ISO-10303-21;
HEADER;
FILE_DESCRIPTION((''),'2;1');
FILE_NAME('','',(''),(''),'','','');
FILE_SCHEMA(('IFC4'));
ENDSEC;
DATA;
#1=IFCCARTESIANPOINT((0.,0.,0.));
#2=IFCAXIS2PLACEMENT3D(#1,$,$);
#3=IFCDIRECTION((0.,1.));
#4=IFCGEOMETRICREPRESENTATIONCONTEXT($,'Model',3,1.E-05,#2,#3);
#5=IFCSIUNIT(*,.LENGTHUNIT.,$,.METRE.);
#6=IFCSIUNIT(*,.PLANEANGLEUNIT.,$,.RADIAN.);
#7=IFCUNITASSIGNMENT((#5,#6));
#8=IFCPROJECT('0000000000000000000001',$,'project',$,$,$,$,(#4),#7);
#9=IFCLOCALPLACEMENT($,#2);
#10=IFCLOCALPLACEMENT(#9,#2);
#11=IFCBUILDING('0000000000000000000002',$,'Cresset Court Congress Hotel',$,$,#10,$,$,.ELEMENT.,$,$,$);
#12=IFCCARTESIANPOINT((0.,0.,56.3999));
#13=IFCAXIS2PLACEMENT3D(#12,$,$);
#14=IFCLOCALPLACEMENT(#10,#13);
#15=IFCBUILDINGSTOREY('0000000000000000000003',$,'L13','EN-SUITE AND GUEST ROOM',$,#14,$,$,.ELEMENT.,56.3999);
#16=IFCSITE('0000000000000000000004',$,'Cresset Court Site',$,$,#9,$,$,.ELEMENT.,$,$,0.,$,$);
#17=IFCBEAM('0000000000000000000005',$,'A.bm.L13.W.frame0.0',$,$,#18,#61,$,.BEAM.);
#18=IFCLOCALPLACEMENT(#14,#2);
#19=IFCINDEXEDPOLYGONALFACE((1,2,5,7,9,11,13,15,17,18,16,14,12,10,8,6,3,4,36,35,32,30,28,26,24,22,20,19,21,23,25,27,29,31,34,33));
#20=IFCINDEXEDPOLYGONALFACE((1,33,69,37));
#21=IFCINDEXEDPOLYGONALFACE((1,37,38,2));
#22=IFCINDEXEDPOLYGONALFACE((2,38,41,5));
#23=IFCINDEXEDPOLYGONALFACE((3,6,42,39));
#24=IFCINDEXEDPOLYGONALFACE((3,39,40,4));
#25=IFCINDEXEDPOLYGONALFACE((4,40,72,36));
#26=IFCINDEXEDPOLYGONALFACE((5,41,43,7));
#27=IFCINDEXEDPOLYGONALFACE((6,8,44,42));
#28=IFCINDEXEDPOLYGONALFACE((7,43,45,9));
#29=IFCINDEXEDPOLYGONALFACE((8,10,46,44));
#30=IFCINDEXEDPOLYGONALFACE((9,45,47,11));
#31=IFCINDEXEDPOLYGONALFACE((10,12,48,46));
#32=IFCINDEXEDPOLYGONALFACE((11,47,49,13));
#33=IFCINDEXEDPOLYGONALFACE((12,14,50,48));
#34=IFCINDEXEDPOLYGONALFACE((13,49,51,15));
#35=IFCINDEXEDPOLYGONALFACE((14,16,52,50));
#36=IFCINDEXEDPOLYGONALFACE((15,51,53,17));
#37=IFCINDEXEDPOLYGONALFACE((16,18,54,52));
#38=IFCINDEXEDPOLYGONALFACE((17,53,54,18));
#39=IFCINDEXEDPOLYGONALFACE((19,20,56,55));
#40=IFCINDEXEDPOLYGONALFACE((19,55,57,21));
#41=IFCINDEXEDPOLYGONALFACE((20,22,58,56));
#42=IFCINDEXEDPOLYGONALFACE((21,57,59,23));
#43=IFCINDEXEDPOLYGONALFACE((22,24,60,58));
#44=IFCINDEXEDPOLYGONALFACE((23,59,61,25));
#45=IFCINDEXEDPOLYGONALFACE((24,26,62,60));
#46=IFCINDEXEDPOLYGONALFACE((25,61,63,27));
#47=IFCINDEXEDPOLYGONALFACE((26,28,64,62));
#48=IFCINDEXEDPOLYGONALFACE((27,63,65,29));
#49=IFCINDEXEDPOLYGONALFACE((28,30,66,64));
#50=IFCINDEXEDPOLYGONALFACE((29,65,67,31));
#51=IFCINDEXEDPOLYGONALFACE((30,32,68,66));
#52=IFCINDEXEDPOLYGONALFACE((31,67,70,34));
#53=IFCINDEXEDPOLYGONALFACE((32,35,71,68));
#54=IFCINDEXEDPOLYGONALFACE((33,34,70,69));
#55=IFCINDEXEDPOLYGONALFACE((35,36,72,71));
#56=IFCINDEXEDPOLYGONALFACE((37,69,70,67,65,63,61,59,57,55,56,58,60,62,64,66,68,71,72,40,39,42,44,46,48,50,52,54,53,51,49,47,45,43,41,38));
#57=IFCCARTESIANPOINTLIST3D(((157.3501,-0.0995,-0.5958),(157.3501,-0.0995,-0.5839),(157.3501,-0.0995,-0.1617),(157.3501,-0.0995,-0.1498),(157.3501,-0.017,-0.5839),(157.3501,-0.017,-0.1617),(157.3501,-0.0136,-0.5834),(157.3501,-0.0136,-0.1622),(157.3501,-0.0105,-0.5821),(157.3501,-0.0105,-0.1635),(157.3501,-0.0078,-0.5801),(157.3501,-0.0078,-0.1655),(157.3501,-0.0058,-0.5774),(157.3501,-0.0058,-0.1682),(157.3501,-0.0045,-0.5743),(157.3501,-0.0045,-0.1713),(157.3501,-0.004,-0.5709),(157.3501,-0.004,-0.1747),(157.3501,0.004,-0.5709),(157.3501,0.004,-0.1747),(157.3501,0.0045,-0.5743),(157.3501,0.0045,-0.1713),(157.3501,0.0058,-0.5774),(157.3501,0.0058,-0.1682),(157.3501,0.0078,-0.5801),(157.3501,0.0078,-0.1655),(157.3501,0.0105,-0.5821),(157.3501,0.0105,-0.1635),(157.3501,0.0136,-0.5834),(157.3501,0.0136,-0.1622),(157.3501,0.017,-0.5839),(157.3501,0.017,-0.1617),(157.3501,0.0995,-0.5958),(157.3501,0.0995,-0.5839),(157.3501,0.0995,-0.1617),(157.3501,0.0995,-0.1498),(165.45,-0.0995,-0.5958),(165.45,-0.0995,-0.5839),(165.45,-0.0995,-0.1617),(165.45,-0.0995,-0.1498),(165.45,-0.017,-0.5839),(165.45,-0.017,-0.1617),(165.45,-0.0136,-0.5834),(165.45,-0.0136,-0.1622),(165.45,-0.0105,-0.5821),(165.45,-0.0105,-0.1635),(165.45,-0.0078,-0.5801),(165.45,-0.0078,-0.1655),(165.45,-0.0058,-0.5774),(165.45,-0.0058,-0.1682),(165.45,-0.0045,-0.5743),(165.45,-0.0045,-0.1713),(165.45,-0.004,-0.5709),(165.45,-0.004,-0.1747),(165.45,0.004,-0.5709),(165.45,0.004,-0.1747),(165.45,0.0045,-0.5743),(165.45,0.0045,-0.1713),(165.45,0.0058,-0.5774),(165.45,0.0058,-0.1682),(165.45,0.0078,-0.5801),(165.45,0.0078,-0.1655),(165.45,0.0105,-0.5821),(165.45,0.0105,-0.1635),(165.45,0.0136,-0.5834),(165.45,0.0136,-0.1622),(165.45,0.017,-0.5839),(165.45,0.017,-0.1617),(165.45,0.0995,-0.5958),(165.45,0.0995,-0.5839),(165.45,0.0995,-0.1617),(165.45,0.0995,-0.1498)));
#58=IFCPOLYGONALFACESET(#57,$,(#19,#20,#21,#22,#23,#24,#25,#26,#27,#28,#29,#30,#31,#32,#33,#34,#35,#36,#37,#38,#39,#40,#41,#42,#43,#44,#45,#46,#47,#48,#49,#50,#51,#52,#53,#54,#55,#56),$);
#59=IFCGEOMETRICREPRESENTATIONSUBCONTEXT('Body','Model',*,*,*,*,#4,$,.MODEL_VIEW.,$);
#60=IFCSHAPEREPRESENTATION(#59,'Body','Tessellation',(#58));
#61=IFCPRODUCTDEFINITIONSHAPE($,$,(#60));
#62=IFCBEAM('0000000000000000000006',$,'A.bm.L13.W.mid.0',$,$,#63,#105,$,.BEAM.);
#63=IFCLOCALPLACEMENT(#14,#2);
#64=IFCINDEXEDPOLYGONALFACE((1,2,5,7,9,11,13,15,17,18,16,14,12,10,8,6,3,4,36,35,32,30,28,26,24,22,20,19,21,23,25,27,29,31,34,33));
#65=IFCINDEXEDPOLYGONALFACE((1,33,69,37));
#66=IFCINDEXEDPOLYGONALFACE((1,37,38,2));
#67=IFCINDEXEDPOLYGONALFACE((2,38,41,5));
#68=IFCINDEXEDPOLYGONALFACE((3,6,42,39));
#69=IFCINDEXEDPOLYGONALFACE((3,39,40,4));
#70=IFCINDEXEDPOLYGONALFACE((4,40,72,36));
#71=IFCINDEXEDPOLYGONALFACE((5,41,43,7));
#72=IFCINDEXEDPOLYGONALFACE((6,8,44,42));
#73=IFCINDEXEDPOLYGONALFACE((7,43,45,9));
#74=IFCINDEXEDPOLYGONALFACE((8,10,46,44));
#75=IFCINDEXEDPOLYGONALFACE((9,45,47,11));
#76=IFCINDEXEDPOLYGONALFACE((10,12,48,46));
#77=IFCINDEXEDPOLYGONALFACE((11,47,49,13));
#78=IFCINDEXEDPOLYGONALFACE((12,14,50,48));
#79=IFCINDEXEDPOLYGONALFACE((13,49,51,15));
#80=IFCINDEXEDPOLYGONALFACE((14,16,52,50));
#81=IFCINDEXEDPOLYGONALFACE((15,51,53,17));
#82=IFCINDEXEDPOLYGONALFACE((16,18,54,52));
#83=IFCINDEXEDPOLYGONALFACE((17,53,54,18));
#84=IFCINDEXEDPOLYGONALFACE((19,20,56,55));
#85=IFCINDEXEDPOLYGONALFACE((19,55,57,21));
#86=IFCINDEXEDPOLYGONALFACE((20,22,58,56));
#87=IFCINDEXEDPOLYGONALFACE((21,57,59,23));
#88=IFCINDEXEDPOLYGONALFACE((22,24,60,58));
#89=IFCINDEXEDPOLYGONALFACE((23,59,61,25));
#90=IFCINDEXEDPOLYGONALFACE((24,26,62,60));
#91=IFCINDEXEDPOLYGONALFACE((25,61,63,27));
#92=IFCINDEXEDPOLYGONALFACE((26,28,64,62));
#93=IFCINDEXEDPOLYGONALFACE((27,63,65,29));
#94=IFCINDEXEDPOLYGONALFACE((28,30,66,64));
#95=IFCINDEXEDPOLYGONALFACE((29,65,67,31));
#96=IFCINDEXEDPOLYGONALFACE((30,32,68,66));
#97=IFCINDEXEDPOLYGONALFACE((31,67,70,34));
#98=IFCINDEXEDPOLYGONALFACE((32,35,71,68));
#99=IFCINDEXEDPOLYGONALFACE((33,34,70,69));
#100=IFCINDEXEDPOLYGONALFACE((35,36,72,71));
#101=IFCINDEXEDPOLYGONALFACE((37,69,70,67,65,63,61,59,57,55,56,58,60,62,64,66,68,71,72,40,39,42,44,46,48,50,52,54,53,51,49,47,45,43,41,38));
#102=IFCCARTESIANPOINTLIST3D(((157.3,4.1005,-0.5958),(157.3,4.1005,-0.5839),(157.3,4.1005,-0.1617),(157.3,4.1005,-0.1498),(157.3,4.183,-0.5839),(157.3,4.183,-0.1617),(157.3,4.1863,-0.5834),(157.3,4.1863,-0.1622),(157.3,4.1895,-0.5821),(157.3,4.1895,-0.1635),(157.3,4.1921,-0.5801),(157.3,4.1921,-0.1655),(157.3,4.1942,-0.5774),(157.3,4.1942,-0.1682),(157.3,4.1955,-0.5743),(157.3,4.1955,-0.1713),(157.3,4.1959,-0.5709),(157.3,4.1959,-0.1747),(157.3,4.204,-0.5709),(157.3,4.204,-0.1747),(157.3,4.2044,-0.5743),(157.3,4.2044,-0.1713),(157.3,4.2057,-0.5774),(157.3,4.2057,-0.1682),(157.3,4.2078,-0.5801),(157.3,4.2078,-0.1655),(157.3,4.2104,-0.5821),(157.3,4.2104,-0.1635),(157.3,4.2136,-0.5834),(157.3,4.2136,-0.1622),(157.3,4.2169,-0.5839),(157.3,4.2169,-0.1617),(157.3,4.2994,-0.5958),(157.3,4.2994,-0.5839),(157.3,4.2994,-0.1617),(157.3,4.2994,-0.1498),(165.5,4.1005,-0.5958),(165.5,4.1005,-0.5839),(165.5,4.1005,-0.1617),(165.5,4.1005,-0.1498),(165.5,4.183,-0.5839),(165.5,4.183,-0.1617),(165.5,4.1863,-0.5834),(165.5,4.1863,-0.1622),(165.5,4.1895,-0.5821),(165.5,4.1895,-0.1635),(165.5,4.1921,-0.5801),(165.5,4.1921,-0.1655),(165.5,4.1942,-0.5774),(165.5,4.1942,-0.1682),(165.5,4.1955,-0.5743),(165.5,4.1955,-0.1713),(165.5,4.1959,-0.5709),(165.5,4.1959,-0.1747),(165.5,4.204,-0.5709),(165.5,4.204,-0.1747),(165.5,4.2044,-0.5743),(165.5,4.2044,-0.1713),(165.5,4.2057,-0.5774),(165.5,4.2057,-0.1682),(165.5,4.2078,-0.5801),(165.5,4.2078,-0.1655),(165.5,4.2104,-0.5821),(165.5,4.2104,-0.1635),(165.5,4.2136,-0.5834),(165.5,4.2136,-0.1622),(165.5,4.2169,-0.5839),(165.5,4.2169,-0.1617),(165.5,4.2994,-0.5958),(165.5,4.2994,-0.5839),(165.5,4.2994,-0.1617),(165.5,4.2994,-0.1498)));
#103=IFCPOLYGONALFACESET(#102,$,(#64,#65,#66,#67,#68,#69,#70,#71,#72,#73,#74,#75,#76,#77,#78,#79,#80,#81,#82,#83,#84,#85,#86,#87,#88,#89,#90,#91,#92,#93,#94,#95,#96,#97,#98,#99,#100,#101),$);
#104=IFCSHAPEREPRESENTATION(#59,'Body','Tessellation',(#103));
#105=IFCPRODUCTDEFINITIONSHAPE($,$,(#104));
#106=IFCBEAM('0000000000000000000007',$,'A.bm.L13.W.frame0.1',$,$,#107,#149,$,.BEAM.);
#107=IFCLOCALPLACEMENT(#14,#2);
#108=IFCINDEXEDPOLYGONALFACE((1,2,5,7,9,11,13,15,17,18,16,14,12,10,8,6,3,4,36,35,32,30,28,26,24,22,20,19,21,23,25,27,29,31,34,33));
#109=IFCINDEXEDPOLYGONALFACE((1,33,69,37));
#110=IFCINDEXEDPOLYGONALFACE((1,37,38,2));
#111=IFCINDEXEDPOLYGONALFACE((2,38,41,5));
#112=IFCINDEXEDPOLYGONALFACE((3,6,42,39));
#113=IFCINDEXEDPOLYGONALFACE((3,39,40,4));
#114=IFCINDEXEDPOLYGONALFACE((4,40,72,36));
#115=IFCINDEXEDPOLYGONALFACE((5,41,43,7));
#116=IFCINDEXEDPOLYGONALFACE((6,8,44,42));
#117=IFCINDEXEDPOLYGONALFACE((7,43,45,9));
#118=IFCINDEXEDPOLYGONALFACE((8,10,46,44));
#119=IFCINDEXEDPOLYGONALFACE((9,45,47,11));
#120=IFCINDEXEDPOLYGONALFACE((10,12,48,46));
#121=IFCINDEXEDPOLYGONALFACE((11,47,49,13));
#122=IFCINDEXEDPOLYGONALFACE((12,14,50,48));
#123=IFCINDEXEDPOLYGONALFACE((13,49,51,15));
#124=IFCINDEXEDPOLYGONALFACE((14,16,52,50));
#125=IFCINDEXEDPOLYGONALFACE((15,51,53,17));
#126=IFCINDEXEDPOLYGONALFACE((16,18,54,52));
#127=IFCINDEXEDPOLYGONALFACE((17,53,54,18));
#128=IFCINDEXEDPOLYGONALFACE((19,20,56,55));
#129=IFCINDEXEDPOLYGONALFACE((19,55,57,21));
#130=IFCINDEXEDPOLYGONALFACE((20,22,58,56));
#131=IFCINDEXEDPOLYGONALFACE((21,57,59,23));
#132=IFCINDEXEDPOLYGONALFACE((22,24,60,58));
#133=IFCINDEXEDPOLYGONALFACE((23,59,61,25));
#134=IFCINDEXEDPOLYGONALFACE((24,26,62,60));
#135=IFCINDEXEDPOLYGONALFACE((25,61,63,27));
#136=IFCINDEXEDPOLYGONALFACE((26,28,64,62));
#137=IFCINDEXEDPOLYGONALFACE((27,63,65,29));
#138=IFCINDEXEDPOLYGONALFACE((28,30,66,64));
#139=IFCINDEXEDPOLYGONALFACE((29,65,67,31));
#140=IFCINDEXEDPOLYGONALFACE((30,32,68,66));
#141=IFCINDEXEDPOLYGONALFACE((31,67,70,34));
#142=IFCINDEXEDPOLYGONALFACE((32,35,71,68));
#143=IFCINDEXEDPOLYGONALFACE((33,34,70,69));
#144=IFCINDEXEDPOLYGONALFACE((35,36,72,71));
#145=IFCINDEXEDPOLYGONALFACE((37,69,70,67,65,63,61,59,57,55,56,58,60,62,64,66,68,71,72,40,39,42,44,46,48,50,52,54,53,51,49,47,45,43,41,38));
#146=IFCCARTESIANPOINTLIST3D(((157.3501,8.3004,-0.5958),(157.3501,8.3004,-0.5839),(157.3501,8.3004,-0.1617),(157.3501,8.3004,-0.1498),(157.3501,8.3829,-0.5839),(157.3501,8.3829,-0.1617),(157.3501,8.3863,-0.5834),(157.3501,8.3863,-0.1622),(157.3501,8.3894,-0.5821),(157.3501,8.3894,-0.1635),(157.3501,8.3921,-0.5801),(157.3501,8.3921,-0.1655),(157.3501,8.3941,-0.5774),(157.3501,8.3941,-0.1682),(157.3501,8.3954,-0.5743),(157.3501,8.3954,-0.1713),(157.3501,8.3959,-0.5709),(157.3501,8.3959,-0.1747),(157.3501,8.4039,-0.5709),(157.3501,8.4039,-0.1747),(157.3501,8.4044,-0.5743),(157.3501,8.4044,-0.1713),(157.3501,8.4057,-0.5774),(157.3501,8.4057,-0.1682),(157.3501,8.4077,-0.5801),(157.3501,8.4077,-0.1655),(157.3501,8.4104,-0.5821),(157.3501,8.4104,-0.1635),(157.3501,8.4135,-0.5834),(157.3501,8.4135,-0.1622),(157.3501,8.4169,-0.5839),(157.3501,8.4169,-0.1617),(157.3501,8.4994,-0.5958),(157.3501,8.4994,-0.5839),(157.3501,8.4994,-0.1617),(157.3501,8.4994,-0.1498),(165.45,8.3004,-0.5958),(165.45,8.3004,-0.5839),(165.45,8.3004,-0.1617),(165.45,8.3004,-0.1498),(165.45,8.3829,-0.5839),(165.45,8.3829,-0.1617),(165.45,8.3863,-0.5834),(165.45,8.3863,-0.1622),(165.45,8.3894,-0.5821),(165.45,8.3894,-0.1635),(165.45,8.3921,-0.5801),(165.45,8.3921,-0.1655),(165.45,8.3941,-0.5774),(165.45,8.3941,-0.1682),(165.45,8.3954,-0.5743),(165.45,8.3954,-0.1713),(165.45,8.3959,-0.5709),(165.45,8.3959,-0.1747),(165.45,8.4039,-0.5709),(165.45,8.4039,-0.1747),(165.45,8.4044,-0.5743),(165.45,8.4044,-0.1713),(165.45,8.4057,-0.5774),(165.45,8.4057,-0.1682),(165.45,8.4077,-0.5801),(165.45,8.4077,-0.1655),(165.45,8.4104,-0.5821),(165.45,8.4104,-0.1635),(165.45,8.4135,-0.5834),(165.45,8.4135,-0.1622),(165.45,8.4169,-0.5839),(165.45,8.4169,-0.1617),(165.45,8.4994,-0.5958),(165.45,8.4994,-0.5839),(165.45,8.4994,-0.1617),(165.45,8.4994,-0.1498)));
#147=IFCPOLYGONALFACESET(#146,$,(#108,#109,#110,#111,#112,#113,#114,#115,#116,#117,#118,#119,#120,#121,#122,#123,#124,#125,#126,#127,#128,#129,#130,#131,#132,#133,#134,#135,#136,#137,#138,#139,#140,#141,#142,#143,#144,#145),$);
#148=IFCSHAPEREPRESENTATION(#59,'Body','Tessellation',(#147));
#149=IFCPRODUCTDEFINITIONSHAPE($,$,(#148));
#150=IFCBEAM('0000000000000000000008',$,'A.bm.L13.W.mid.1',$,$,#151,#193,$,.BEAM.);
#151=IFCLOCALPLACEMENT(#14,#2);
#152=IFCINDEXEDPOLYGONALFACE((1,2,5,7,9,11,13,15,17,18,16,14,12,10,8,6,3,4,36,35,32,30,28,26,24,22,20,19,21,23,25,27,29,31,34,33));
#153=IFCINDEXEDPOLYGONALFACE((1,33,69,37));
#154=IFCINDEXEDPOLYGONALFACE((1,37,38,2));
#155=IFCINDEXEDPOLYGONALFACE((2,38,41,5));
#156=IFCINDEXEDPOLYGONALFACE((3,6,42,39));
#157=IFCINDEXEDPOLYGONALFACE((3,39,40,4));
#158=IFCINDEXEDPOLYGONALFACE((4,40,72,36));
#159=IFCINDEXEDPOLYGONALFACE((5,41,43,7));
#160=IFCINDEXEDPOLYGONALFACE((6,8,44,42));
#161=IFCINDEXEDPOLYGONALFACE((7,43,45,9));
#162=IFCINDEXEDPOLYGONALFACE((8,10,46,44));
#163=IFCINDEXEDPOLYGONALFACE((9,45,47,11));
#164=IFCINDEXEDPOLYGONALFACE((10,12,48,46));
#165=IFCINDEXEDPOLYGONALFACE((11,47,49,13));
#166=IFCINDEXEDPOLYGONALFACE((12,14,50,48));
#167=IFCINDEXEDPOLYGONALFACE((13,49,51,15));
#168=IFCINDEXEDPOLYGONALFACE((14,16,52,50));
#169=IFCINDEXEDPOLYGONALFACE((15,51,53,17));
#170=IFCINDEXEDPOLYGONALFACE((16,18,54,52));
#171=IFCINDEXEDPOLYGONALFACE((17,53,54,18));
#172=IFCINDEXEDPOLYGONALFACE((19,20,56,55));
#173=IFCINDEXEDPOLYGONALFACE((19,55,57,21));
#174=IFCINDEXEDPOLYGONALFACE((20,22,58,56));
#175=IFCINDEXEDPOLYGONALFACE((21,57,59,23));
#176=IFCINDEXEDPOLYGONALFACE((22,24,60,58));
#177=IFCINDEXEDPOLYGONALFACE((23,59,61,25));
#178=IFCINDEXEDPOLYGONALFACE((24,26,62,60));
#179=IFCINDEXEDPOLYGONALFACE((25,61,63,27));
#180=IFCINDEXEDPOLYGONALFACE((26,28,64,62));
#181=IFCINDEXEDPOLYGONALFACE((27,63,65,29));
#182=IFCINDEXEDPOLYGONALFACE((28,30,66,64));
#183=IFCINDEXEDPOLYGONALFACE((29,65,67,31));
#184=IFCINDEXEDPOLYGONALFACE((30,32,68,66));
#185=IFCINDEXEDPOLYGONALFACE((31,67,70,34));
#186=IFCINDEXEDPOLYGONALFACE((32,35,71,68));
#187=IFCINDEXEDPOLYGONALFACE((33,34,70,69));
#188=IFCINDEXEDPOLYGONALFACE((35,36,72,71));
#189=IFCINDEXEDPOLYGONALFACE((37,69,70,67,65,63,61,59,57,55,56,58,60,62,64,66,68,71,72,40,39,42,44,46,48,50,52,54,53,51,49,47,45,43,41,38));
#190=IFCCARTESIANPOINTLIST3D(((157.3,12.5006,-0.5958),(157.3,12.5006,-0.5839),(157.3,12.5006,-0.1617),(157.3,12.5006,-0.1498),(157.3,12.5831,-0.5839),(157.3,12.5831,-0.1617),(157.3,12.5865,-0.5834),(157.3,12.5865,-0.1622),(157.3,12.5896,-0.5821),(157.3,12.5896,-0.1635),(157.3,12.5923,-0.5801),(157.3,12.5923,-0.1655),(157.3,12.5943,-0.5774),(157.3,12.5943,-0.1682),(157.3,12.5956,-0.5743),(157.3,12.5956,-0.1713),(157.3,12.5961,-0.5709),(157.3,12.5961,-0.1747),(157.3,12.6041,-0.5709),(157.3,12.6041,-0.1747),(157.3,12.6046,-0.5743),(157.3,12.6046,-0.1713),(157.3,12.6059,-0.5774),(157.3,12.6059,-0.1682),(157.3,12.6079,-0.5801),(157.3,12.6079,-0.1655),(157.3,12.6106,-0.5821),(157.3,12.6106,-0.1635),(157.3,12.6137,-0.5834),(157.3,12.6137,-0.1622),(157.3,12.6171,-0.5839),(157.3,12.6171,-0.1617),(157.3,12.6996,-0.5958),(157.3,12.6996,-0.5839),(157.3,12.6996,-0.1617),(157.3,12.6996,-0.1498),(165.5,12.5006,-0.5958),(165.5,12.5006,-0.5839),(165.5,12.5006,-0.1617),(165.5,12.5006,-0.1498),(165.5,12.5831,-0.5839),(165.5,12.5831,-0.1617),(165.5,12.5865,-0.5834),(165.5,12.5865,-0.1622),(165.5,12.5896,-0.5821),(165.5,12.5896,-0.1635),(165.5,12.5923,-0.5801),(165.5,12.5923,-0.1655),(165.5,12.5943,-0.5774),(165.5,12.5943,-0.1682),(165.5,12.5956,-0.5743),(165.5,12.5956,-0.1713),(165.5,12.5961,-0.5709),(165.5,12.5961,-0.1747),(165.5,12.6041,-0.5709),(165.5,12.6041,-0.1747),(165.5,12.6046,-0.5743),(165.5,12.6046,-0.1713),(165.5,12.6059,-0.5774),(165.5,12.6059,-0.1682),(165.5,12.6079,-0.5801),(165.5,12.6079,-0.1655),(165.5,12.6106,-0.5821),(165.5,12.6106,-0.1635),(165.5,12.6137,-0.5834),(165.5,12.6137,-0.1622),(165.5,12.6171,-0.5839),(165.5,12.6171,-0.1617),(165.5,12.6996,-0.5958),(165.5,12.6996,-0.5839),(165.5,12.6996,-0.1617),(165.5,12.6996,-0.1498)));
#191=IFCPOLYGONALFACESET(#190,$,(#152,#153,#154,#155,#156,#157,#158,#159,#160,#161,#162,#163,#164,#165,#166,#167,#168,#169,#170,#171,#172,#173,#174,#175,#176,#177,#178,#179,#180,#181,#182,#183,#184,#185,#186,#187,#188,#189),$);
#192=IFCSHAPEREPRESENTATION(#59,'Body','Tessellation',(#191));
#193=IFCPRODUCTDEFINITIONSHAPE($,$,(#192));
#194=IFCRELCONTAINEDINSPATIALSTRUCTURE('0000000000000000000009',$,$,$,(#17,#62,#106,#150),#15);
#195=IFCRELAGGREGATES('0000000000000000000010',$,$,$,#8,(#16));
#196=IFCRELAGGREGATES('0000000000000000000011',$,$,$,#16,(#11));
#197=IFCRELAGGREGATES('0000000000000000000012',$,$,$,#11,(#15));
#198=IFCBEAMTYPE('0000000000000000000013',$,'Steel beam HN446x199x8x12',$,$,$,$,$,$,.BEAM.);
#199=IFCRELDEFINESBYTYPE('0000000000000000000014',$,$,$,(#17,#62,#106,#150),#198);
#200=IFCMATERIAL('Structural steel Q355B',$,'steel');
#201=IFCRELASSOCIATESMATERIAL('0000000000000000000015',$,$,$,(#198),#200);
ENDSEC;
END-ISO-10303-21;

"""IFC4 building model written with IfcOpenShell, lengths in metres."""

from ifc_helpers import new_model, si_unit, direction, frame, origin, origin_2d, place, context, subcontext, project, spatial, i_section, extrude, material, material_profile, profile_set, type_object, element, save


model = new_model("IFC4")

# Units and contexts
model_context = context("Model", 3, precision=1e-05, world=origin(), true_north=direction((0.0, 1.0)))
body_context = subcontext(model_context, "Body", "Model", "MODEL_VIEW")
ifc_project = project(units=[si_unit("LENGTHUNIT", "METRE"), si_unit("PLANEANGLEUNIT", "RADIAN")], contexts=[model_context])

# Site, building, storey
site_placement = place(None, origin())
site = spatial("IfcSite", under=ifc_project, at=site_placement, Name="Cresset Court Site", CompositionType="ELEMENT", RefElevation=0.0)
building_placement = place(site_placement, origin())
building = spatial("IfcBuilding", under=site, at=building_placement, Name="Cresset Court Congress Hotel", CompositionType="ELEMENT")
storey_placement = place(building_placement, frame((0.0, 0.0, 56.3999)))
storey = spatial("IfcBuildingStorey", under=building, at=storey_placement, Name="L13", Description="EN-SUITE AND GUEST ROOM", CompositionType="ELEMENT", Elevation=56.3999)

# Beams
ifc_material_1 = material(Name="Structural steel Q355B", Category="steel")
ifc_material_profile_1 = material_profile(ifc_material_1, i_section(OverallWidth=0.199, OverallDepth=0.446, WebThickness=0.0081, FlangeThickness=0.012, FilletRadius=0.0129, at=origin_2d()), Name="HN446x199x8x12")
ifc_profile_set_1 = profile_set([ifc_material_profile_1], Name="Structural steel Q355B")
beam_type_1 = type_object("IfcBeamType", Name="Steel beam HN446x199x8x12", PredefinedType="BEAM", material=ifc_profile_set_1)
beam_1_placement = place(storey_placement, frame((157.3501, 0.0, -0.3728), z_axis=(1.0, 0.0, 0.0), x_axis=(0.0, 1.0, 0.0)))
element("IfcBeam", 1, at=beam_1_placement, inside=storey, type_object=beam_type_1, Name="A.bm.L13.W.frame0.0", PredefinedType="BEAM", context=body_context, shape_type="SweptSolid", body=[
    extrude(i_section(OverallWidth=0.199, OverallDepth=0.446, WebThickness=0.0081, FlangeThickness=0.012, FilletRadius=0.0129, at=origin_2d()), origin(), (0.0, 0.0, 1.0), 8.0999),
])
beam_2_placement = place(storey_placement, frame((157.3, 4.2, -0.3728), z_axis=(1.0, 0.0, 0.0), x_axis=(0.0, 1.0, 0.0)))
element("IfcBeam", 2, at=beam_2_placement, inside=storey, type_object=beam_type_1, Name="A.bm.L13.W.mid.0", PredefinedType="BEAM", context=body_context, shape_type="SweptSolid", body=[
    extrude(i_section(OverallWidth=0.199, OverallDepth=0.446, WebThickness=0.0081, FlangeThickness=0.012, FilletRadius=0.0129, at=origin_2d()), origin(), (0.0, 0.0, 1.0), 8.2),
])
beam_3_placement = place(storey_placement, frame((157.3501, 8.3999, -0.3728), z_axis=(1.0, 0.0, 0.0), x_axis=(0.0, 1.0, 0.0)))
element("IfcBeam", 3, at=beam_3_placement, inside=storey, type_object=beam_type_1, Name="A.bm.L13.W.frame0.1", PredefinedType="BEAM", context=body_context, shape_type="SweptSolid", body=[
    extrude(i_section(OverallWidth=0.199, OverallDepth=0.446, WebThickness=0.0081, FlangeThickness=0.012, FilletRadius=0.0129, at=origin_2d()), origin(), (0.0, 0.0, 1.0), 8.0999),
])
beam_4_placement = place(storey_placement, frame((157.3, 12.6001, -0.3728), z_axis=(1.0, 0.0, 0.0), x_axis=(0.0, 1.0, 0.0)))
element("IfcBeam", 4, at=beam_4_placement, inside=storey, type_object=beam_type_1, Name="A.bm.L13.W.mid.1", PredefinedType="BEAM", context=body_context, shape_type="SweptSolid", body=[
    extrude(i_section(OverallWidth=0.199, OverallDepth=0.446, WebThickness=0.0081, FlangeThickness=0.012, FilletRadius=0.0129, at=origin_2d()), origin(), (0.0, 0.0, 1.0), 8.2),
])

save(model, "model.ifc")
